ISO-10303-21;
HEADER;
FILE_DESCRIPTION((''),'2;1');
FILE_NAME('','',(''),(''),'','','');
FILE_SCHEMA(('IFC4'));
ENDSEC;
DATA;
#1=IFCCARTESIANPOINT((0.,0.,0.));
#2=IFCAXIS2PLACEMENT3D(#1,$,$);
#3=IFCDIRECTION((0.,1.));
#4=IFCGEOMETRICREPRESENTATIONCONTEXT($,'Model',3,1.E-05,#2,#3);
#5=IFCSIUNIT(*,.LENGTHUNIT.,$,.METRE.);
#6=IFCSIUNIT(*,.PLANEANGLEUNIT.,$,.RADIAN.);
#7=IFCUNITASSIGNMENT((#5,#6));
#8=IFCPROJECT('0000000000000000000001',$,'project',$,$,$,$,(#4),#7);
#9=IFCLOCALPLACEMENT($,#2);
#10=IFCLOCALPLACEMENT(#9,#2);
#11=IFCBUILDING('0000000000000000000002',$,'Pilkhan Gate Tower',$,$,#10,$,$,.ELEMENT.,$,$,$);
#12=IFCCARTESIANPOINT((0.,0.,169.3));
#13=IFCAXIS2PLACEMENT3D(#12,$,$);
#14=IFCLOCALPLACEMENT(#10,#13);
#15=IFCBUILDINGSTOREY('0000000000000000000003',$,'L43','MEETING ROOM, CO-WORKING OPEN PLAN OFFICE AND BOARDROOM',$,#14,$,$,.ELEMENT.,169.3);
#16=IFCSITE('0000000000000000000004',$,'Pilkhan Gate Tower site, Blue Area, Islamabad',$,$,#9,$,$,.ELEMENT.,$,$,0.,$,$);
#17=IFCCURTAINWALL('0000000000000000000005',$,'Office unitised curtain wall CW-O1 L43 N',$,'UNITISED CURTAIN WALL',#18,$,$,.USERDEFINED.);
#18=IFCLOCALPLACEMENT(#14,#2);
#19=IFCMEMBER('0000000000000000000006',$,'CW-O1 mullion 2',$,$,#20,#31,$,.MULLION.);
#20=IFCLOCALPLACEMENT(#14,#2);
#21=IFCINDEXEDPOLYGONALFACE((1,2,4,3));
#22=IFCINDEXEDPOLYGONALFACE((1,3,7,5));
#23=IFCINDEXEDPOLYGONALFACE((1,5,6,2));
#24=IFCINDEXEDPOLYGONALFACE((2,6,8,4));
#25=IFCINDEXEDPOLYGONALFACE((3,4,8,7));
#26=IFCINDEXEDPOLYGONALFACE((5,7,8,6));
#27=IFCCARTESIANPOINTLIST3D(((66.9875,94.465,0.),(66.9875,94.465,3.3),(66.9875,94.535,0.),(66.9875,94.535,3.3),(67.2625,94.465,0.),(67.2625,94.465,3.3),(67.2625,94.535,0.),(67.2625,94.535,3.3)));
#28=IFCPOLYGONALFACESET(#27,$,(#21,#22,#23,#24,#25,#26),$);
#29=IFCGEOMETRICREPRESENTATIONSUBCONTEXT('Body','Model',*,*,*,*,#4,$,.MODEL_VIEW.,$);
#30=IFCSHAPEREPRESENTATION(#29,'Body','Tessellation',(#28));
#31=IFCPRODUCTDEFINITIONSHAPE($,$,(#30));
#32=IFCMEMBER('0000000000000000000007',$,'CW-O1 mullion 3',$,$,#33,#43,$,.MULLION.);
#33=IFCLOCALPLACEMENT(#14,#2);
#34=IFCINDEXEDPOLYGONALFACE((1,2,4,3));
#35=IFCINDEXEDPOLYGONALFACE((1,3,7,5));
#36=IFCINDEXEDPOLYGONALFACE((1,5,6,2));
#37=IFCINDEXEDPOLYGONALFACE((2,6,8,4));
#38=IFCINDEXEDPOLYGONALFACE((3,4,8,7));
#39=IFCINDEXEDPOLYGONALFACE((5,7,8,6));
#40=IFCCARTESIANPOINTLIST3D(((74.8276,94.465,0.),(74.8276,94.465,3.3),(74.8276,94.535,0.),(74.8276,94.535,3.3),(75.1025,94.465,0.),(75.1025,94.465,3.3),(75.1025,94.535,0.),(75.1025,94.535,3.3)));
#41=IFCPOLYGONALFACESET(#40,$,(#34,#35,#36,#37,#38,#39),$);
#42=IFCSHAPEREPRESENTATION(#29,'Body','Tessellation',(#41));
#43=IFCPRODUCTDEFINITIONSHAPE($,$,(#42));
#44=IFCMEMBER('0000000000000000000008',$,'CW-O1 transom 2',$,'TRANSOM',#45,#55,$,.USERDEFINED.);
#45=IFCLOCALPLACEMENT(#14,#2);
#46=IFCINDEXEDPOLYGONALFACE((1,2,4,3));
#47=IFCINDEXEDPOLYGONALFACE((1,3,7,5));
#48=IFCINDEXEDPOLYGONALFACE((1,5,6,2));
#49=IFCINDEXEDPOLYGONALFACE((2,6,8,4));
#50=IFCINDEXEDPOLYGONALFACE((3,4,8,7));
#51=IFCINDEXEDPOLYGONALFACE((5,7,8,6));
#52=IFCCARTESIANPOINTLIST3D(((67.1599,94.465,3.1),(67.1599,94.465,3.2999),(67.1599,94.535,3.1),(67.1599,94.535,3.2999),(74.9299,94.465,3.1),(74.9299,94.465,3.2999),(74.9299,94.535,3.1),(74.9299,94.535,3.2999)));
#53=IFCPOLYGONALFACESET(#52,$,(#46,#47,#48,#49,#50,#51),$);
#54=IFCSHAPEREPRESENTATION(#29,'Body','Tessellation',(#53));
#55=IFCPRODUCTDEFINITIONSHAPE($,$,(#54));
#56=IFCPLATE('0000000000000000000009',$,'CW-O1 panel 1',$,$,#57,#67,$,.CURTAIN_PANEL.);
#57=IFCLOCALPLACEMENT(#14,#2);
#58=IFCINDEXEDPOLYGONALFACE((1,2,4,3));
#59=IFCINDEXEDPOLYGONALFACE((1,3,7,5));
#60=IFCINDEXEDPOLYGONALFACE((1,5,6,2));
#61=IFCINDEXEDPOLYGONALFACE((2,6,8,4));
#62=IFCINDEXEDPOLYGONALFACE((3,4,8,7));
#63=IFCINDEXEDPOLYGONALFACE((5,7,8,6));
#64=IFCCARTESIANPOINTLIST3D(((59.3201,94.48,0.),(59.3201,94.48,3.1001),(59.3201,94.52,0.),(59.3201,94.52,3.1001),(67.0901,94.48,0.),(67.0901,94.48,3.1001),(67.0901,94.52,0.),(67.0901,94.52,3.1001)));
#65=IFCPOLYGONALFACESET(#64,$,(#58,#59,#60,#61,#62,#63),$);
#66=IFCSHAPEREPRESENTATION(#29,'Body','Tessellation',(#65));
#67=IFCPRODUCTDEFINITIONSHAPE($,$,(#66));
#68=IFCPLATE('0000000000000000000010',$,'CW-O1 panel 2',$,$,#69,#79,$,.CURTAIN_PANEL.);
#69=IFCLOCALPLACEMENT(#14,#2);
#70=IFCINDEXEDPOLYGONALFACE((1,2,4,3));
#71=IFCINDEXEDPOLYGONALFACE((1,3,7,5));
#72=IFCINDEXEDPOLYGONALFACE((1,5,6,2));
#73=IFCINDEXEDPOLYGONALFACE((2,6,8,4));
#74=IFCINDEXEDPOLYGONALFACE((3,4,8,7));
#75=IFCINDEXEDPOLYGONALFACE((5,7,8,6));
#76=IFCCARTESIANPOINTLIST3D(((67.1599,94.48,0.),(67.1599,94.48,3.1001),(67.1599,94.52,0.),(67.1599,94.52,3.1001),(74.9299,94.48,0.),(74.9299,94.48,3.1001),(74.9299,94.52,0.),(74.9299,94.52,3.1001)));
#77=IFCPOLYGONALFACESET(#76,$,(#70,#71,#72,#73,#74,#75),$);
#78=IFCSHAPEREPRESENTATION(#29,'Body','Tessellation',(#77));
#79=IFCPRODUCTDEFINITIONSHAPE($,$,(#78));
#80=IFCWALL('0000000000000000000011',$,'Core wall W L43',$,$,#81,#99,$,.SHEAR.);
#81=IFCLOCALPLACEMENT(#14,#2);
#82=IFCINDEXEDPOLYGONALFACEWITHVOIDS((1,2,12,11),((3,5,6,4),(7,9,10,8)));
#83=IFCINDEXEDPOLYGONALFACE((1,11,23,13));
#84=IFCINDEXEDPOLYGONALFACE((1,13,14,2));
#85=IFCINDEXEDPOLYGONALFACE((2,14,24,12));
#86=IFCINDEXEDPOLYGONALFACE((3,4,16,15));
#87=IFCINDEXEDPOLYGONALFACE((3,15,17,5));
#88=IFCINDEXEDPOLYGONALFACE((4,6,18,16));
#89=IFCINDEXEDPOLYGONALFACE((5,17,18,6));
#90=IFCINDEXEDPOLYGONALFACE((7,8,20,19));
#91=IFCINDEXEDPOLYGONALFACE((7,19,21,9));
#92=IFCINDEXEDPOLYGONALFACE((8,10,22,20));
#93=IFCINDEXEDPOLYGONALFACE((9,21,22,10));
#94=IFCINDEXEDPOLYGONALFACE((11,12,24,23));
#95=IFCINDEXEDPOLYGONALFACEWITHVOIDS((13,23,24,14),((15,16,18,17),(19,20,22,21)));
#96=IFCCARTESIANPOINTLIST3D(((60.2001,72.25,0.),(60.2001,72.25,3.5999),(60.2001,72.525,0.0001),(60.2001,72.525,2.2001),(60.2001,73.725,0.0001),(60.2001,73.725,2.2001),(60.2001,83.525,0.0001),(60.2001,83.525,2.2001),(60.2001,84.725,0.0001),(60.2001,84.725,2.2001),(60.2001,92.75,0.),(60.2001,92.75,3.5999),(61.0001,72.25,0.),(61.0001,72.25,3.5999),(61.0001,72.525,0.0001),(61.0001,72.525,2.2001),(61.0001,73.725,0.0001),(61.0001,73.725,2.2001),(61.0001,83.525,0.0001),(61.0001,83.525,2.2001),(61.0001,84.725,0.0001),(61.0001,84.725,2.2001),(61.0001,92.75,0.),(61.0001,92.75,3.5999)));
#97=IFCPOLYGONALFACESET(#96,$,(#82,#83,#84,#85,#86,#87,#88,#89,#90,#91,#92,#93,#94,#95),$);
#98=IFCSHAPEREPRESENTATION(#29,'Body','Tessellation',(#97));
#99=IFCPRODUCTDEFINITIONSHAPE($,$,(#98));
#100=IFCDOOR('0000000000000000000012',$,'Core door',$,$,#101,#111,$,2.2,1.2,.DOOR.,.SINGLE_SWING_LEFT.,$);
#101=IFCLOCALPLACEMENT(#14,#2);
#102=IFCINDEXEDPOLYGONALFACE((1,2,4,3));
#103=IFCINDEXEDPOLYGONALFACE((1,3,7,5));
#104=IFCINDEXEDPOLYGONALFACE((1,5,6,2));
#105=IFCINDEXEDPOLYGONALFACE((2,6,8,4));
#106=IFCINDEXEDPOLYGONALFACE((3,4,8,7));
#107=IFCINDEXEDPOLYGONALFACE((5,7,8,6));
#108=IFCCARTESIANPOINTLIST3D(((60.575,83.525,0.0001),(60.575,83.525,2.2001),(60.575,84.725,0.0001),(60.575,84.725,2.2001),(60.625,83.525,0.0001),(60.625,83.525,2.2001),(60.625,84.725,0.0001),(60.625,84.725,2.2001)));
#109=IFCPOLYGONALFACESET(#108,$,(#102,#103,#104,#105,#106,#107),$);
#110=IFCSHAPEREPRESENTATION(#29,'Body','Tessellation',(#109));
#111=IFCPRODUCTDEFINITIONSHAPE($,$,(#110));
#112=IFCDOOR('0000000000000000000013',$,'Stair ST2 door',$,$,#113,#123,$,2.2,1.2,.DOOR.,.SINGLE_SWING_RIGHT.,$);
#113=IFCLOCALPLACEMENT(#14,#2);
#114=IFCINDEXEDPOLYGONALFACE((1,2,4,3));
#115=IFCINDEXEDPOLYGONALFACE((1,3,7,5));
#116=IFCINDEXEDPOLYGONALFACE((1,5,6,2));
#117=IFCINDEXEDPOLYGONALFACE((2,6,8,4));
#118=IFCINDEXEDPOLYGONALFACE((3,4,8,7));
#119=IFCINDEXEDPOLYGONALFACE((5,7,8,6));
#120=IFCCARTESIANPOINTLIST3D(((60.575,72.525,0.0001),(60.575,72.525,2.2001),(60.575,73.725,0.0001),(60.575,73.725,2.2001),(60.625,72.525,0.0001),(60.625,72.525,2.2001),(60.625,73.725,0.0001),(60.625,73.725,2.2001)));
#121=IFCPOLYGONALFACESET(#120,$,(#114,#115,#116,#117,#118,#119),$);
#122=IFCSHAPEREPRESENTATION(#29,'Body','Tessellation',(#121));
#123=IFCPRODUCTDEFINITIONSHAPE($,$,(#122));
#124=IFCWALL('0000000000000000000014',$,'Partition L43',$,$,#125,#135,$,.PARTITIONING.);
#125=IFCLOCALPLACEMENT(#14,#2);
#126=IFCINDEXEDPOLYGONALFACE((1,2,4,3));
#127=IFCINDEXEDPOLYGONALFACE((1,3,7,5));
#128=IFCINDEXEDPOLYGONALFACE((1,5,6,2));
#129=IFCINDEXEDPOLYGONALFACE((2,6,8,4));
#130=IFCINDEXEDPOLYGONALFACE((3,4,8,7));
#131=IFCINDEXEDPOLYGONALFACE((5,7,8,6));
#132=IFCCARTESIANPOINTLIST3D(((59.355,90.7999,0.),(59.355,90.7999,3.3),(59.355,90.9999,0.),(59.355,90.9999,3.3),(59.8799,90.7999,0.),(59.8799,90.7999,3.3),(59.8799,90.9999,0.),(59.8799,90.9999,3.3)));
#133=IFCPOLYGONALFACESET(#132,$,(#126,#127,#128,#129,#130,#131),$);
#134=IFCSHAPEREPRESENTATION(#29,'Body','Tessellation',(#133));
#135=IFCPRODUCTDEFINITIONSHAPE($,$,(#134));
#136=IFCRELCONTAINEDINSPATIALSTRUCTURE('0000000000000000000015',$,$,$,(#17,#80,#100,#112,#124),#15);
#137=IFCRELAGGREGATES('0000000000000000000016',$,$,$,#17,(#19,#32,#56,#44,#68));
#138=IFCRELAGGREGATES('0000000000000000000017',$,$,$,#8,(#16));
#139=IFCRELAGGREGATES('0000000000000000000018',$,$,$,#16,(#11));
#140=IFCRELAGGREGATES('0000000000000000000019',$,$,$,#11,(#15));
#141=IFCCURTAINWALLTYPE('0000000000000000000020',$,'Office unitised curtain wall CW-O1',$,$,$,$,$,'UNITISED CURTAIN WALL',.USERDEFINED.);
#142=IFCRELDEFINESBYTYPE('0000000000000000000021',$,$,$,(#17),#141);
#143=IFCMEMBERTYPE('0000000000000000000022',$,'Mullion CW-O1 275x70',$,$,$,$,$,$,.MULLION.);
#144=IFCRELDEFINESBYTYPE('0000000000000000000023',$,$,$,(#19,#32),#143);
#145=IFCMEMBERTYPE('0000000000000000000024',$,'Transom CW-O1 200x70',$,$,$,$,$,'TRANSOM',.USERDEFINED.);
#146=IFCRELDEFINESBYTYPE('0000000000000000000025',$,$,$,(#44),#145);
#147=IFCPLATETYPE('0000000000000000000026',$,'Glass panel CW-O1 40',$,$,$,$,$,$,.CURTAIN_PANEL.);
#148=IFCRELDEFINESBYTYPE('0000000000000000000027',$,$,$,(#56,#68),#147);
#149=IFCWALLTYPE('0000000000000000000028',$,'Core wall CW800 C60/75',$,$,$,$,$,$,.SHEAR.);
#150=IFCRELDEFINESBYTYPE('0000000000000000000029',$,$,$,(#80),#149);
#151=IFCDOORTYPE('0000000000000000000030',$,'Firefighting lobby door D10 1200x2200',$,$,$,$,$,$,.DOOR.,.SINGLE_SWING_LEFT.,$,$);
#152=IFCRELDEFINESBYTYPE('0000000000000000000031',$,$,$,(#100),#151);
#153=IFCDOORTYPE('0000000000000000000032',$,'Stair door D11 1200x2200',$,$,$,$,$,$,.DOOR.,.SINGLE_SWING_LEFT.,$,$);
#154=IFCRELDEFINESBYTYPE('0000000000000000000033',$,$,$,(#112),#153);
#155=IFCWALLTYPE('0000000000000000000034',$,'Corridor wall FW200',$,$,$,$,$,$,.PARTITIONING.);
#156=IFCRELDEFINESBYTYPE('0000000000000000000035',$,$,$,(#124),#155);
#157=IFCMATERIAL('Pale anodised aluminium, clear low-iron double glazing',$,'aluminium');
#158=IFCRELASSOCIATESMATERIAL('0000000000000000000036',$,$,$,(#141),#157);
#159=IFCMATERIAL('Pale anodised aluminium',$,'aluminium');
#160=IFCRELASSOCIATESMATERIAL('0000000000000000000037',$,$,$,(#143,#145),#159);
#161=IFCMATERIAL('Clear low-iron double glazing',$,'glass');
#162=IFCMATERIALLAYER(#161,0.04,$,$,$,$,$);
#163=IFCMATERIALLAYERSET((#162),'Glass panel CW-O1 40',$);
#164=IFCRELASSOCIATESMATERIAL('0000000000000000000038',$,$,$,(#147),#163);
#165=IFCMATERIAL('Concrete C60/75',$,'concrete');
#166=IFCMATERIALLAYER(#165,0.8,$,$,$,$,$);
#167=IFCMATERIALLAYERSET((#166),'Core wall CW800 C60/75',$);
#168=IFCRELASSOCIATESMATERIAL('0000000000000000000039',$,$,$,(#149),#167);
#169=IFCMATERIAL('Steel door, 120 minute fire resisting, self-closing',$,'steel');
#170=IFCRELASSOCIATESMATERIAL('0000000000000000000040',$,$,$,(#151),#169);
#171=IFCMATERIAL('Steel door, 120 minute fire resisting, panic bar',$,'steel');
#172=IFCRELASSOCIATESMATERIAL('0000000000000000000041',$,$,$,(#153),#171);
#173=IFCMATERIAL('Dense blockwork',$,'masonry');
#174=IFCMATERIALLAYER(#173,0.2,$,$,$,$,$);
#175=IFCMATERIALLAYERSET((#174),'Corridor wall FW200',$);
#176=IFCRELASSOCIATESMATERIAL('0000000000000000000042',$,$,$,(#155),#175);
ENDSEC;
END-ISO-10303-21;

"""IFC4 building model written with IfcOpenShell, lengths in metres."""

from ifc_helpers import new_model, si_unit, direction, frame, frame_2d, origin, origin_2d, place, context, subcontext, project, spatial, rectangle, extrude, material, layer, layer_set, material_profile, profile_set, type_object, element, fill, aggregate, save


model = new_model("IFC4")

# Units and contexts
model_context = context("Model", 3, precision=1e-05, world=origin(), true_north=direction((0.0, 1.0)))
body_context = subcontext(model_context, "Body", "Model", "MODEL_VIEW")
ifc_project = project(units=[si_unit("LENGTHUNIT", "METRE"), si_unit("PLANEANGLEUNIT", "RADIAN")], contexts=[model_context])

# Site, building, storey
site_placement = place(None, origin())
site = spatial("IfcSite", under=ifc_project, at=site_placement, Name="Pilkhan Gate Tower site, Blue Area, Islamabad", CompositionType="ELEMENT", RefElevation=0.0)
building_placement = place(site_placement, origin())
building = spatial("IfcBuilding", under=site, at=building_placement, Name="Pilkhan Gate Tower", CompositionType="ELEMENT")
storey_placement = place(building_placement, frame((0.0, 0.0, 169.3)))
storey = spatial("IfcBuildingStorey", under=building, at=storey_placement, Name="L43", Description="MEETING ROOM, CO-WORKING OPEN PLAN OFFICE AND BOARDROOM", CompositionType="ELEMENT", Elevation=169.3)

# Curtain wall, members, plates
ifc_material_1 = material(Name="Pale anodised aluminium, clear low-iron double glazing", Category="aluminium")
curtain_wall_type = type_object("IfcCurtainWallType", Name="Office unitised curtain wall CW-O1", ElementType="UNITISED CURTAIN WALL", PredefinedType="USERDEFINED", material=ifc_material_1)
curtain_wall_placement = place(storey_placement, origin())
curtain_wall = element("IfcCurtainWall", 1, at=curtain_wall_placement, inside=storey, type_object=curtain_wall_type, Name="Office unitised curtain wall CW-O1 L43 N", ObjectType="UNITISED CURTAIN WALL", PredefinedType="USERDEFINED")
ifc_material_2 = material(Name="Pale anodised aluminium", Category="aluminium")
ifc_material_profile_1 = material_profile(ifc_material_2, rectangle(XDim=0.0701, YDim=0.2749, at=origin_2d()), Name="Mullion 275x70")
ifc_profile_set_1 = profile_set([ifc_material_profile_1], Name="Pale anodised aluminium")
member_type_1 = type_object("IfcMemberType", Name="Mullion CW-O1 275x70", PredefinedType="MULLION", material=ifc_profile_set_1)
member_1_placement = place(storey_placement, frame((67.125, 94.5, 0.0), z_axis=(0.0, 0.0, 1.0), x_axis=(0.0, 1.0, 0.0)))
member_1 = element("IfcMember", 2, at=member_1_placement, type_object=member_type_1, Name="CW-O1 mullion 2", PredefinedType="MULLION", context=body_context, shape_type="SweptSolid", body=[
    extrude(rectangle(XDim=0.0701, YDim=0.2749, at=origin_2d()), origin(), (0.0, 0.0, 1.0), 3.3),
])
member_2_placement = place(storey_placement, frame((74.9651, 94.5, 0.0), z_axis=(0.0, 0.0, 1.0), x_axis=(0.0, 1.0, 0.0)))
member_2 = element("IfcMember", 3, at=member_2_placement, type_object=member_type_1, Name="CW-O1 mullion 3", PredefinedType="MULLION", context=body_context, shape_type="SweptSolid", body=[
    extrude(rectangle(XDim=0.0701, YDim=0.2749, at=origin_2d()), origin(), (0.0, 0.0, 1.0), 3.3),
])
ifc_material_profile_2 = material_profile(ifc_material_2, rectangle(XDim=0.0701, YDim=0.2, at=origin_2d()), Name="Transom 200x70")
ifc_profile_set_2 = profile_set([ifc_material_profile_2], Name="Pale anodised aluminium")
member_type_2 = type_object("IfcMemberType", Name="Transom CW-O1 200x70", ElementType="TRANSOM", PredefinedType="USERDEFINED", material=ifc_profile_set_2)
member_3_placement = place(storey_placement, frame((67.1599, 94.5, 3.2), z_axis=(1.0, 0.0, 0.0), x_axis=(0.0, 1.0, 0.0)))
member_3 = element("IfcMember", 4, at=member_3_placement, type_object=member_type_2, Name="CW-O1 transom 2", ObjectType="TRANSOM", PredefinedType="USERDEFINED", context=body_context, shape_type="SweptSolid", body=[
    extrude(rectangle(XDim=0.0701, YDim=0.2, at=origin_2d()), origin(), (0.0, 0.0, 1.0), 7.77),
])
ifc_material_3 = material(Name="Clear low-iron double glazing", Category="glass")
ifc_layer_1 = layer(ifc_material_3, 0.04)
ifc_layer_set_1 = layer_set([ifc_layer_1], Name="Glass panel CW-O1 40")
plate_type = type_object("IfcPlateType", Name="Glass panel CW-O1 40", PredefinedType="CURTAIN_PANEL", material=ifc_layer_set_1)
plate_1_placement = place(storey_placement, frame((63.2051, 94.5, 0.0), z_axis=(0.0, 0.0, 1.0), x_axis=(1.0, 0.0, 0.0)))
plate_1 = element("IfcPlate", 5, at=plate_1_placement, type_object=plate_type, Name="CW-O1 panel 1", PredefinedType="CURTAIN_PANEL", context=body_context, shape_type="SweptSolid", body=[
    extrude(rectangle(XDim=7.77, YDim=0.04, at=origin_2d()), origin(), (0.0, 0.0, 1.0), 3.1001),
])
plate_2_placement = place(storey_placement, frame((71.0449, 94.5, 0.0), z_axis=(0.0, 0.0, 1.0), x_axis=(1.0, 0.0, 0.0)))
plate_2 = element("IfcPlate", 6, at=plate_2_placement, type_object=plate_type, Name="CW-O1 panel 2", PredefinedType="CURTAIN_PANEL", context=body_context, shape_type="SweptSolid", body=[
    extrude(rectangle(XDim=7.77, YDim=0.04, at=origin_2d()), origin(), (0.0, 0.0, 1.0), 3.1001),
])
aggregate(curtain_wall, [member_1, member_2, plate_1, member_3, plate_2])

# Wall, openings, doors
ifc_material_4 = material(Name="Concrete C60/75", Category="concrete")
ifc_layer_2 = layer(ifc_material_4, 0.8)
ifc_layer_set_2 = layer_set([ifc_layer_2], Name="Core wall CW800 C60/75")
wall_type_1 = type_object("IfcWallType", Name="Core wall CW800 C60/75", PredefinedType="SHEAR", material=ifc_layer_set_2)
wall_1_placement = place(storey_placement, frame((60.6001, 92.75, 0.0), z_axis=(0.0, 0.0, 1.0), x_axis=(0.0, -1.0, 0.0)))
wall_1 = element("IfcWall", 7, at=wall_1_placement, inside=storey, type_object=wall_type_1, Name="Core wall W L43", PredefinedType="SHEAR", context=body_context, shape_type="SweptSolid", body=[
    extrude(rectangle(XDim=20.5, YDim=0.8, at=frame_2d((10.25, 0.0))), origin(), (0.0, 0.0, 1.0), 3.5999),
])
opening_1_placement = place(wall_1_placement, frame((19.0249, 0.0, 0.0)))
opening_1 = element("IfcOpeningElement", 8, at=opening_1_placement, cuts=wall_1, PredefinedType="OPENING", context=body_context, shape_type="SweptSolid", body=[
    extrude(rectangle(XDim=1.2, YDim=2.2, at=frame_2d((0.6001, 1.1001))), frame((0.0, 0.4099, 0.0), z_axis=(0.0, -1.0, 0.0), x_axis=(1.0, 0.0, 0.0)), (0.0, 0.0, 1.0), 0.8201),
])
opening_2_placement = place(wall_1_placement, frame((8.0249, 0.0, 0.0)))
opening_2 = element("IfcOpeningElement", 9, at=opening_2_placement, cuts=wall_1, PredefinedType="OPENING", context=body_context, shape_type="SweptSolid", body=[
    extrude(rectangle(XDim=1.2, YDim=2.2, at=frame_2d((0.6001, 1.1001))), frame((0.0, 0.4099, 0.0), z_axis=(0.0, -1.0, 0.0), x_axis=(1.0, 0.0, 0.0)), (0.0, 0.0, 1.0), 0.8201),
])
ifc_material_5 = material(Name="Steel door, 120 minute fire resisting, self-closing", Category="steel")
door_type_1 = type_object("IfcDoorType", Name="Firefighting lobby door D10 1200x2200", OperationType="SINGLE_SWING_LEFT", PredefinedType="DOOR", material=ifc_material_5)
door_1_placement = place(opening_2_placement, origin())
door_1 = element("IfcDoor", 10, at=door_1_placement, inside=storey, type_object=door_type_1, Name="Core door", OperationType="SINGLE_SWING_LEFT", OverallHeight=2.2, OverallWidth=1.2, PredefinedType="DOOR", context=body_context, shape_type="SweptSolid", body=[
    extrude(rectangle(XDim=1.2, YDim=2.2, at=frame_2d((0.6001, 1.1001))), frame((0.0, 0.0249, 0.0), z_axis=(0.0, -1.0, 0.0), x_axis=(1.0, 0.0, 0.0)), (0.0, 0.0, 1.0), 0.05),
])
fill(opening_2, door_1)
ifc_material_6 = material(Name="Steel door, 120 minute fire resisting, panic bar", Category="steel")
door_type_2 = type_object("IfcDoorType", Name="Stair door D11 1200x2200", OperationType="SINGLE_SWING_LEFT", PredefinedType="DOOR", material=ifc_material_6)
door_2_placement = place(opening_1_placement, origin())
door_2 = element("IfcDoor", 11, at=door_2_placement, inside=storey, type_object=door_type_2, Name="Stair ST2 door", OperationType="SINGLE_SWING_RIGHT", OverallHeight=2.2, OverallWidth=1.2, PredefinedType="DOOR", context=body_context, shape_type="SweptSolid", body=[
    extrude(rectangle(XDim=1.2, YDim=2.2, at=frame_2d((0.6001, 1.1001))), frame((0.0, 0.0249, 0.0), z_axis=(0.0, -1.0, 0.0), x_axis=(1.0, 0.0, 0.0)), (0.0, 0.0, 1.0), 0.05),
])
fill(opening_1, door_2)

# Wall
ifc_material_7 = material(Name="Dense blockwork", Category="masonry")
ifc_layer_3 = layer(ifc_material_7, 0.2)
ifc_layer_set_3 = layer_set([ifc_layer_3], Name="Corridor wall FW200")
wall_type_2 = type_object("IfcWallType", Name="Corridor wall FW200", PredefinedType="PARTITIONING", material=ifc_layer_set_3)
wall_2_placement = place(storey_placement, frame((59.355, 90.8999, 0.0), z_axis=(0.0, 0.0, 1.0), x_axis=(1.0, 0.0, 0.0)))
element("IfcWall", 12, at=wall_2_placement, inside=storey, type_object=wall_type_2, Name="Partition L43", PredefinedType="PARTITIONING", context=body_context, shape_type="SweptSolid", body=[
    extrude(rectangle(XDim=0.5249, YDim=0.2, at=frame_2d((0.2625, 0.0))), origin(), (0.0, 0.0, 1.0), 3.3),
])

save(model, "model.ifc")
